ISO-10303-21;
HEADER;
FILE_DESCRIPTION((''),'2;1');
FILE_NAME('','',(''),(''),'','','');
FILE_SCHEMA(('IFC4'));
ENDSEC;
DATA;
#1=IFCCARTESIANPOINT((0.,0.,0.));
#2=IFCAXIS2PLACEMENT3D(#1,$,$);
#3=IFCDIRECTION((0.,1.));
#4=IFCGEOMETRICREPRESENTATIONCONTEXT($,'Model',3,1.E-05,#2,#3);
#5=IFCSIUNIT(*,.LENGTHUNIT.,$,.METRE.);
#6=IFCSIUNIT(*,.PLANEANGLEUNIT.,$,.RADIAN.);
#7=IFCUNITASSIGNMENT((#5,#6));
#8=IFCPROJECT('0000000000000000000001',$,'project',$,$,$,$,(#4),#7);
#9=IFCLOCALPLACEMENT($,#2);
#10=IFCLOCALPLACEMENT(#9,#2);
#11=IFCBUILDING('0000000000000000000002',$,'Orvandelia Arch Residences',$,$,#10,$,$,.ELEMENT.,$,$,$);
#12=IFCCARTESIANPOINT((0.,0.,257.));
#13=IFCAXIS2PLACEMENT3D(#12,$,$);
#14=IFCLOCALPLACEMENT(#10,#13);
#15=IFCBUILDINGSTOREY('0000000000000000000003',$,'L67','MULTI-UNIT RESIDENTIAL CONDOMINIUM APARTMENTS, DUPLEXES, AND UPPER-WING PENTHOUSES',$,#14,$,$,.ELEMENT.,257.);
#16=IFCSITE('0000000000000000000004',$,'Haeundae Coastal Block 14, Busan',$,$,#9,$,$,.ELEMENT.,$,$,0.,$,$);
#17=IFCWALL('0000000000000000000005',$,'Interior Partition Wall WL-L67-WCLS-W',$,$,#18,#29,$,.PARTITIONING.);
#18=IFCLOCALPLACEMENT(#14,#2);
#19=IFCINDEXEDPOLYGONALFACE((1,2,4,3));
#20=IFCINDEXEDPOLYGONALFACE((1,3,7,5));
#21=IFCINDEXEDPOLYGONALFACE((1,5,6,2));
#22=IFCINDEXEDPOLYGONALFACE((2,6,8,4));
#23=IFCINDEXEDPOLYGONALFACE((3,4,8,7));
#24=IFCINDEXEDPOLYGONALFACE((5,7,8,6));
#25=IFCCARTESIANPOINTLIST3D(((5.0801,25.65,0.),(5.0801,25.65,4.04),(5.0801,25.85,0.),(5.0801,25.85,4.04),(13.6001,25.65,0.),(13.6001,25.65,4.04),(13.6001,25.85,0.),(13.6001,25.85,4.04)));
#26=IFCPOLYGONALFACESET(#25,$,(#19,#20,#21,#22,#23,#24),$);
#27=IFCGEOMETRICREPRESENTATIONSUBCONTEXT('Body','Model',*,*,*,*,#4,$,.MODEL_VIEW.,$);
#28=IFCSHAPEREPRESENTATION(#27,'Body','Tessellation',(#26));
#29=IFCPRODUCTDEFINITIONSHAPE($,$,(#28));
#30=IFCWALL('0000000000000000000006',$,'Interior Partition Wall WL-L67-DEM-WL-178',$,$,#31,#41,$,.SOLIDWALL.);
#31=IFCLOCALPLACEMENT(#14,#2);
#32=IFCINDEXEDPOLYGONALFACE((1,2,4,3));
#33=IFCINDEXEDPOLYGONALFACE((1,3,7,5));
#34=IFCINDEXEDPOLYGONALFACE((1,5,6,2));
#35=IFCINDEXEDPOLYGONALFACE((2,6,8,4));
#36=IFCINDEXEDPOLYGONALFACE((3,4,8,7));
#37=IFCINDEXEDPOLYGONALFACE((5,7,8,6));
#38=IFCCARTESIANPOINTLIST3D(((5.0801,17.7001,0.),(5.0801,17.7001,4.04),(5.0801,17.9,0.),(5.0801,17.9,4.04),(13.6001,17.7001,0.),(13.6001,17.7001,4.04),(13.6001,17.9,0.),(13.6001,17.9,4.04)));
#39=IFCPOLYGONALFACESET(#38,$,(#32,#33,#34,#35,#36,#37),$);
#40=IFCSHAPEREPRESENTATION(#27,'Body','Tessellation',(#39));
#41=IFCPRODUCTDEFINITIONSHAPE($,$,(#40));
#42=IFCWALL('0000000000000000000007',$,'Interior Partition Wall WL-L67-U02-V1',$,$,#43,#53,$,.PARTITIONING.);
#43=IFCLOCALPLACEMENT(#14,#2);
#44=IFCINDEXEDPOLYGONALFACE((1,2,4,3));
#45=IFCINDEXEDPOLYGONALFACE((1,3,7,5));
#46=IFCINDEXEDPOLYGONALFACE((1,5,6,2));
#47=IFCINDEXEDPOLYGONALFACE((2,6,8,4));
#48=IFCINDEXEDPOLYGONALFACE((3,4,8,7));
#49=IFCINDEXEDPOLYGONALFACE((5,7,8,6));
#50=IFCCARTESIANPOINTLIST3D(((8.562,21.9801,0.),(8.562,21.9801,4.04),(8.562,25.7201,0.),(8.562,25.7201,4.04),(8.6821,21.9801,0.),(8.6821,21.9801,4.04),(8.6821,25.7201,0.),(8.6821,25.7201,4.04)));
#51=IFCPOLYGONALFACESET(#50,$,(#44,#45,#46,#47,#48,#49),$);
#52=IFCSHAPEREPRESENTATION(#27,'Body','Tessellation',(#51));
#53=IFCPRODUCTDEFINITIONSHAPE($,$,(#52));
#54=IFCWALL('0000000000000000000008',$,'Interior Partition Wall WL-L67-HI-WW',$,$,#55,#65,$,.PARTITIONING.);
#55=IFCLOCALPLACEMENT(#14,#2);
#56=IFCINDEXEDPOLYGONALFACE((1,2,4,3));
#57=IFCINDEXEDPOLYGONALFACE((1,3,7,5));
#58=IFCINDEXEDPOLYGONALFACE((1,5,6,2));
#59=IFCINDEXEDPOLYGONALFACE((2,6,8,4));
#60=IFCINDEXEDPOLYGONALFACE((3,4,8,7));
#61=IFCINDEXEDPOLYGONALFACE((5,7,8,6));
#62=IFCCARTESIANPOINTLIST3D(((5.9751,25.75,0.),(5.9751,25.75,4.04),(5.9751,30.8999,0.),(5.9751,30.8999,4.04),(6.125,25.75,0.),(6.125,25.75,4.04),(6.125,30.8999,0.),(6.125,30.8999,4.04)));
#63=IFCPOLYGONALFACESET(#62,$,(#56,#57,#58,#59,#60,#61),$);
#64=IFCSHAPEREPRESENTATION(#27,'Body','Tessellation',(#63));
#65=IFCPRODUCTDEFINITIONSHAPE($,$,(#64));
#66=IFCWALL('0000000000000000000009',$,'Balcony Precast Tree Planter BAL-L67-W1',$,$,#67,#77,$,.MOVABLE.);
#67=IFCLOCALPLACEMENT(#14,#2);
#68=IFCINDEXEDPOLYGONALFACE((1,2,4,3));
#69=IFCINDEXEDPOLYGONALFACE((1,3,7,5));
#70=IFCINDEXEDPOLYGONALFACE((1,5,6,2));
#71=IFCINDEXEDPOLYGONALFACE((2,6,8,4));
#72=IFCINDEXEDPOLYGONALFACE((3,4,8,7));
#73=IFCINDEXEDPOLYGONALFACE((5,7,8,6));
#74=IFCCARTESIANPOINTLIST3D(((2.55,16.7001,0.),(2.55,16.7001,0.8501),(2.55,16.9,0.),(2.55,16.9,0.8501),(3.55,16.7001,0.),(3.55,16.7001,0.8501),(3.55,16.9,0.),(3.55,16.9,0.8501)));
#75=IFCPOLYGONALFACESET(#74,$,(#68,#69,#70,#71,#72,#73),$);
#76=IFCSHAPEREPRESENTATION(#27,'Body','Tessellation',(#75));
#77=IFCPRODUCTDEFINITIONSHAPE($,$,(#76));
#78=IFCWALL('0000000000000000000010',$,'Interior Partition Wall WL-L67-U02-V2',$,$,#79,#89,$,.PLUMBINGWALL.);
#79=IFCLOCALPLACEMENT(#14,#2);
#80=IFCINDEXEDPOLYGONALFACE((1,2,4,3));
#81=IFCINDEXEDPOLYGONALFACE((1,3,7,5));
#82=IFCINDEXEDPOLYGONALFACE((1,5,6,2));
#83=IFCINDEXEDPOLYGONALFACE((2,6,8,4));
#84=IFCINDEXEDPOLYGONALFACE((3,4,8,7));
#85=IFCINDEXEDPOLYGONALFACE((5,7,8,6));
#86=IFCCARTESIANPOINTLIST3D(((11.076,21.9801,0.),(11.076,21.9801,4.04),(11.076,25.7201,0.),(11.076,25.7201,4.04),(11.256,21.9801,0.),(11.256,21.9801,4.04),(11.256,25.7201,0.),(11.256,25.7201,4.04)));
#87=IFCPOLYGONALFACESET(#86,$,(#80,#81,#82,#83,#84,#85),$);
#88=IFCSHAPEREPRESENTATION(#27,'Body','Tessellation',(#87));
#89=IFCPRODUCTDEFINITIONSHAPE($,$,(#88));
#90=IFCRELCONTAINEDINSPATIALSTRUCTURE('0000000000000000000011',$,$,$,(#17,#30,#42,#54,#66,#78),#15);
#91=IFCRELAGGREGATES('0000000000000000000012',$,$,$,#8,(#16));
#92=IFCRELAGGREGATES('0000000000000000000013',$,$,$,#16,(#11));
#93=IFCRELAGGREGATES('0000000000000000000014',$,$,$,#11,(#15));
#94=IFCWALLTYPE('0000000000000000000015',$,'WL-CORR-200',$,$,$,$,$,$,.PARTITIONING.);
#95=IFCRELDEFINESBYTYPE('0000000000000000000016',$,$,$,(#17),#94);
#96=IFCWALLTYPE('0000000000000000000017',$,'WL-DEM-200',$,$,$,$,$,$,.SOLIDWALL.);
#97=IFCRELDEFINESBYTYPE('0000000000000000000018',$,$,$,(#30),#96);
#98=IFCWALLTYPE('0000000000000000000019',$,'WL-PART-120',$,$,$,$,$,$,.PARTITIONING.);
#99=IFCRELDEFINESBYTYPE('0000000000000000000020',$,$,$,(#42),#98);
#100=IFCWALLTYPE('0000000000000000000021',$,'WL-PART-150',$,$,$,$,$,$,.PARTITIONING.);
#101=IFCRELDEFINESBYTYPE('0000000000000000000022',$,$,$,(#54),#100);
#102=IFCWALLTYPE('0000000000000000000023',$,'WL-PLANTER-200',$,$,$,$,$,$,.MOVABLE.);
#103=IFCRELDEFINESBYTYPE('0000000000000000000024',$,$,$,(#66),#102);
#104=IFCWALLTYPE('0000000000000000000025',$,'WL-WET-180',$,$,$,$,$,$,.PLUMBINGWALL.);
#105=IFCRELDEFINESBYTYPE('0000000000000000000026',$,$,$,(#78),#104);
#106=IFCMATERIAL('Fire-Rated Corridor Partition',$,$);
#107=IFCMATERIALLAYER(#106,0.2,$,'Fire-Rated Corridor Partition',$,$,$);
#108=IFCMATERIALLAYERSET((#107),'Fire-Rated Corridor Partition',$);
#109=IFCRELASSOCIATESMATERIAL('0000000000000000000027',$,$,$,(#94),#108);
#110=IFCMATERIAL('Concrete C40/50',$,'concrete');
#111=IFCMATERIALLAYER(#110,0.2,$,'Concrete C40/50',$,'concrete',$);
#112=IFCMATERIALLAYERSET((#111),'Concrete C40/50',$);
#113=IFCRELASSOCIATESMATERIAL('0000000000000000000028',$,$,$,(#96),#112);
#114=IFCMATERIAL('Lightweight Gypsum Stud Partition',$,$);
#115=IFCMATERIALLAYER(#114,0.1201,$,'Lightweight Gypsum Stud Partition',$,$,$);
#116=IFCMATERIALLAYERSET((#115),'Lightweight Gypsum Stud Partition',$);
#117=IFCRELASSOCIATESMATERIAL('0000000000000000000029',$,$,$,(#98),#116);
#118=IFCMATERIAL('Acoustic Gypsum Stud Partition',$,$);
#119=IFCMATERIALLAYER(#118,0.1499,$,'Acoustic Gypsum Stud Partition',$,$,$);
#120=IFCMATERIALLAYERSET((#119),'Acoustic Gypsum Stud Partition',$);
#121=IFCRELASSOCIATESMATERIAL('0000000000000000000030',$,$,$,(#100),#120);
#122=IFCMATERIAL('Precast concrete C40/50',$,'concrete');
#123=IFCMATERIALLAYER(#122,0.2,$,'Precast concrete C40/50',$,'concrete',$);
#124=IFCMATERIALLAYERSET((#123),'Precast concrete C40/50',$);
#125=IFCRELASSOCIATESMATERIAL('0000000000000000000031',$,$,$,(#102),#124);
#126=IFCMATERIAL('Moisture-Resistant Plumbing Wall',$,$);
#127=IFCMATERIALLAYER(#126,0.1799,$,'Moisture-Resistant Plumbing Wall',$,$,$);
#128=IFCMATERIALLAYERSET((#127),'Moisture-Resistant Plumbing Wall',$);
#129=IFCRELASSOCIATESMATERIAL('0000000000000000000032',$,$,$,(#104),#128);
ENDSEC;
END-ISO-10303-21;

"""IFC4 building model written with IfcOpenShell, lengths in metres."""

from ifc_helpers import new_model, si_unit, direction, frame, frame_2d, origin, place, context, subcontext, project, spatial, rectangle, extrude, material, layer, layer_set, type_object, element, save


model = new_model("IFC4")

# Units and contexts
model_context = context("Model", 3, precision=1e-05, world=origin(), true_north=direction((0.0, 1.0)))
body_context = subcontext(model_context, "Body", "Model", "MODEL_VIEW")
ifc_project = project(units=[si_unit("LENGTHUNIT", "METRE"), si_unit("PLANEANGLEUNIT", "RADIAN")], contexts=[model_context])

# Site, building, storey
site_placement = place(None, origin())
site = spatial("IfcSite", under=ifc_project, at=site_placement, Name="Haeundae Coastal Block 14, Busan", CompositionType="ELEMENT", RefElevation=0.0)
building_placement = place(site_placement, origin())
building = spatial("IfcBuilding", under=site, at=building_placement, Name="Orvandelia Arch Residences", CompositionType="ELEMENT")
storey_placement = place(building_placement, frame((0.0, 0.0, 257.0)))
storey = spatial("IfcBuildingStorey", under=building, at=storey_placement, Name="L67", Description="MULTI-UNIT RESIDENTIAL CONDOMINIUM APARTMENTS, DUPLEXES, AND UPPER-WING PENTHOUSES", CompositionType="ELEMENT", Elevation=257.0)

# Walls
ifc_material_1 = material(Name="Fire-Rated Corridor Partition")
ifc_layer_1 = layer(ifc_material_1, 0.2, Name="Fire-Rated Corridor Partition")
ifc_layer_set_1 = layer_set([ifc_layer_1], Name="Fire-Rated Corridor Partition")
wall_type_1 = type_object("IfcWallType", Name="WL-CORR-200", PredefinedType="PARTITIONING", material=ifc_layer_set_1)
wall_1_placement = place(storey_placement, frame((5.0801, 25.75, 0.0), z_axis=(0.0, 0.0, 1.0), x_axis=(1.0, 0.0, 0.0)))
element("IfcWall", 1, at=wall_1_placement, inside=storey, type_object=wall_type_1, Name="Interior Partition Wall WL-L67-WCLS-W", PredefinedType="PARTITIONING", context=body_context, shape_type="SweptSolid", body=[
    extrude(rectangle(XDim=8.52, YDim=0.2, at=frame_2d((4.26, 0.0))), origin(), (0.0, 0.0, 1.0), 4.04),
])
ifc_material_2 = material(Name="Concrete C40/50", Category="concrete")
ifc_layer_2 = layer(ifc_material_2, 0.2, Name="Concrete C40/50", Category="concrete")
ifc_layer_set_2 = layer_set([ifc_layer_2], Name="Concrete C40/50")
wall_type_2 = type_object("IfcWallType", Name="WL-DEM-200", PredefinedType="SOLIDWALL", material=ifc_layer_set_2)
wall_2_placement = place(storey_placement, frame((5.0801, 17.8, 0.0), z_axis=(0.0, 0.0, 1.0), x_axis=(1.0, 0.0, 0.0)))
element("IfcWall", 2, at=wall_2_placement, inside=storey, type_object=wall_type_2, Name="Interior Partition Wall WL-L67-DEM-WL-178", PredefinedType="SOLIDWALL", context=body_context, shape_type="SweptSolid", body=[
    extrude(rectangle(XDim=8.52, YDim=0.2, at=frame_2d((4.26, 0.0))), origin(), (0.0, 0.0, 1.0), 4.04),
])
ifc_material_3 = material(Name="Lightweight Gypsum Stud Partition")
ifc_layer_3 = layer(ifc_material_3, 0.1201, Name="Lightweight Gypsum Stud Partition")
ifc_layer_set_3 = layer_set([ifc_layer_3], Name="Lightweight Gypsum Stud Partition")
wall_type_3 = type_object("IfcWallType", Name="WL-PART-120", PredefinedType="PARTITIONING", material=ifc_layer_set_3)
wall_3_placement = place(storey_placement, frame((8.6221, 21.98, 0.0), z_axis=(0.0, 0.0, 1.0), x_axis=(0.0, 1.0, 0.0)))
element("IfcWall", 3, at=wall_3_placement, inside=storey, type_object=wall_type_3, Name="Interior Partition Wall WL-L67-U02-V1", PredefinedType="PARTITIONING", context=body_context, shape_type="SweptSolid", body=[
    extrude(rectangle(XDim=3.74, YDim=0.1201, at=frame_2d((1.8701, 0.0))), origin(), (0.0, 0.0, 1.0), 4.04),
])
ifc_material_4 = material(Name="Acoustic Gypsum Stud Partition")
ifc_layer_4 = layer(ifc_material_4, 0.1499, Name="Acoustic Gypsum Stud Partition")
ifc_layer_set_4 = layer_set([ifc_layer_4], Name="Acoustic Gypsum Stud Partition")
wall_type_4 = type_object("IfcWallType", Name="WL-PART-150", PredefinedType="PARTITIONING", material=ifc_layer_set_4)
wall_4_placement = place(storey_placement, frame((6.05, 25.75, 0.0), z_axis=(0.0, 0.0, 1.0), x_axis=(0.0, 1.0, 0.0)))
element("IfcWall", 4, at=wall_4_placement, inside=storey, type_object=wall_type_4, Name="Interior Partition Wall WL-L67-HI-WW", PredefinedType="PARTITIONING", context=body_context, shape_type="SweptSolid", body=[
    extrude(rectangle(XDim=5.1499, YDim=0.1499, at=frame_2d((2.575, 0.0))), origin(), (0.0, 0.0, 1.0), 4.04),
])
ifc_material_5 = material(Name="Precast concrete C40/50", Category="concrete")
ifc_layer_5 = layer(ifc_material_5, 0.2, Name="Precast concrete C40/50", Category="concrete")
ifc_layer_set_5 = layer_set([ifc_layer_5], Name="Precast concrete C40/50")
wall_type_5 = type_object("IfcWallType", Name="WL-PLANTER-200", PredefinedType="MOVABLE", material=ifc_layer_set_5)
wall_5_placement = place(storey_placement, frame((2.55, 16.8, 0.0), z_axis=(0.0, 0.0, 1.0), x_axis=(1.0, 0.0, 0.0)))
element("IfcWall", 5, at=wall_5_placement, inside=storey, type_object=wall_type_5, Name="Balcony Precast Tree Planter BAL-L67-W1", PredefinedType="MOVABLE", context=body_context, shape_type="SweptSolid", body=[
    extrude(rectangle(XDim=1.0, YDim=0.2, at=frame_2d((0.5, 0.0))), origin(), (0.0, 0.0, 1.0), 0.8501),
])

# Shared definitions
ifc_material_6 = material(Name="Moisture-Resistant Plumbing Wall")
ifc_layer_6 = layer(ifc_material_6, 0.1799, Name="Moisture-Resistant Plumbing Wall")
ifc_layer_set_6 = layer_set([ifc_layer_6], Name="Moisture-Resistant Plumbing Wall")
wall_type_6 = type_object("IfcWallType", Name="WL-WET-180", PredefinedType="PLUMBINGWALL", material=ifc_layer_set_6)

# Wall
wall_6_placement = place(storey_placement, frame((11.166, 21.98, 0.0), z_axis=(0.0, 0.0, 1.0), x_axis=(0.0, 1.0, 0.0)))
element("IfcWall", 6, at=wall_6_placement, inside=storey, type_object=wall_type_6, Name="Interior Partition Wall WL-L67-U02-V2", PredefinedType="PLUMBINGWALL", context=body_context, shape_type="SweptSolid", body=[
    extrude(rectangle(XDim=3.74, YDim=0.1799, at=frame_2d((1.8701, 0.0))), origin(), (0.0, 0.0, 1.0), 4.04),
])

save(model, "model.ifc")
